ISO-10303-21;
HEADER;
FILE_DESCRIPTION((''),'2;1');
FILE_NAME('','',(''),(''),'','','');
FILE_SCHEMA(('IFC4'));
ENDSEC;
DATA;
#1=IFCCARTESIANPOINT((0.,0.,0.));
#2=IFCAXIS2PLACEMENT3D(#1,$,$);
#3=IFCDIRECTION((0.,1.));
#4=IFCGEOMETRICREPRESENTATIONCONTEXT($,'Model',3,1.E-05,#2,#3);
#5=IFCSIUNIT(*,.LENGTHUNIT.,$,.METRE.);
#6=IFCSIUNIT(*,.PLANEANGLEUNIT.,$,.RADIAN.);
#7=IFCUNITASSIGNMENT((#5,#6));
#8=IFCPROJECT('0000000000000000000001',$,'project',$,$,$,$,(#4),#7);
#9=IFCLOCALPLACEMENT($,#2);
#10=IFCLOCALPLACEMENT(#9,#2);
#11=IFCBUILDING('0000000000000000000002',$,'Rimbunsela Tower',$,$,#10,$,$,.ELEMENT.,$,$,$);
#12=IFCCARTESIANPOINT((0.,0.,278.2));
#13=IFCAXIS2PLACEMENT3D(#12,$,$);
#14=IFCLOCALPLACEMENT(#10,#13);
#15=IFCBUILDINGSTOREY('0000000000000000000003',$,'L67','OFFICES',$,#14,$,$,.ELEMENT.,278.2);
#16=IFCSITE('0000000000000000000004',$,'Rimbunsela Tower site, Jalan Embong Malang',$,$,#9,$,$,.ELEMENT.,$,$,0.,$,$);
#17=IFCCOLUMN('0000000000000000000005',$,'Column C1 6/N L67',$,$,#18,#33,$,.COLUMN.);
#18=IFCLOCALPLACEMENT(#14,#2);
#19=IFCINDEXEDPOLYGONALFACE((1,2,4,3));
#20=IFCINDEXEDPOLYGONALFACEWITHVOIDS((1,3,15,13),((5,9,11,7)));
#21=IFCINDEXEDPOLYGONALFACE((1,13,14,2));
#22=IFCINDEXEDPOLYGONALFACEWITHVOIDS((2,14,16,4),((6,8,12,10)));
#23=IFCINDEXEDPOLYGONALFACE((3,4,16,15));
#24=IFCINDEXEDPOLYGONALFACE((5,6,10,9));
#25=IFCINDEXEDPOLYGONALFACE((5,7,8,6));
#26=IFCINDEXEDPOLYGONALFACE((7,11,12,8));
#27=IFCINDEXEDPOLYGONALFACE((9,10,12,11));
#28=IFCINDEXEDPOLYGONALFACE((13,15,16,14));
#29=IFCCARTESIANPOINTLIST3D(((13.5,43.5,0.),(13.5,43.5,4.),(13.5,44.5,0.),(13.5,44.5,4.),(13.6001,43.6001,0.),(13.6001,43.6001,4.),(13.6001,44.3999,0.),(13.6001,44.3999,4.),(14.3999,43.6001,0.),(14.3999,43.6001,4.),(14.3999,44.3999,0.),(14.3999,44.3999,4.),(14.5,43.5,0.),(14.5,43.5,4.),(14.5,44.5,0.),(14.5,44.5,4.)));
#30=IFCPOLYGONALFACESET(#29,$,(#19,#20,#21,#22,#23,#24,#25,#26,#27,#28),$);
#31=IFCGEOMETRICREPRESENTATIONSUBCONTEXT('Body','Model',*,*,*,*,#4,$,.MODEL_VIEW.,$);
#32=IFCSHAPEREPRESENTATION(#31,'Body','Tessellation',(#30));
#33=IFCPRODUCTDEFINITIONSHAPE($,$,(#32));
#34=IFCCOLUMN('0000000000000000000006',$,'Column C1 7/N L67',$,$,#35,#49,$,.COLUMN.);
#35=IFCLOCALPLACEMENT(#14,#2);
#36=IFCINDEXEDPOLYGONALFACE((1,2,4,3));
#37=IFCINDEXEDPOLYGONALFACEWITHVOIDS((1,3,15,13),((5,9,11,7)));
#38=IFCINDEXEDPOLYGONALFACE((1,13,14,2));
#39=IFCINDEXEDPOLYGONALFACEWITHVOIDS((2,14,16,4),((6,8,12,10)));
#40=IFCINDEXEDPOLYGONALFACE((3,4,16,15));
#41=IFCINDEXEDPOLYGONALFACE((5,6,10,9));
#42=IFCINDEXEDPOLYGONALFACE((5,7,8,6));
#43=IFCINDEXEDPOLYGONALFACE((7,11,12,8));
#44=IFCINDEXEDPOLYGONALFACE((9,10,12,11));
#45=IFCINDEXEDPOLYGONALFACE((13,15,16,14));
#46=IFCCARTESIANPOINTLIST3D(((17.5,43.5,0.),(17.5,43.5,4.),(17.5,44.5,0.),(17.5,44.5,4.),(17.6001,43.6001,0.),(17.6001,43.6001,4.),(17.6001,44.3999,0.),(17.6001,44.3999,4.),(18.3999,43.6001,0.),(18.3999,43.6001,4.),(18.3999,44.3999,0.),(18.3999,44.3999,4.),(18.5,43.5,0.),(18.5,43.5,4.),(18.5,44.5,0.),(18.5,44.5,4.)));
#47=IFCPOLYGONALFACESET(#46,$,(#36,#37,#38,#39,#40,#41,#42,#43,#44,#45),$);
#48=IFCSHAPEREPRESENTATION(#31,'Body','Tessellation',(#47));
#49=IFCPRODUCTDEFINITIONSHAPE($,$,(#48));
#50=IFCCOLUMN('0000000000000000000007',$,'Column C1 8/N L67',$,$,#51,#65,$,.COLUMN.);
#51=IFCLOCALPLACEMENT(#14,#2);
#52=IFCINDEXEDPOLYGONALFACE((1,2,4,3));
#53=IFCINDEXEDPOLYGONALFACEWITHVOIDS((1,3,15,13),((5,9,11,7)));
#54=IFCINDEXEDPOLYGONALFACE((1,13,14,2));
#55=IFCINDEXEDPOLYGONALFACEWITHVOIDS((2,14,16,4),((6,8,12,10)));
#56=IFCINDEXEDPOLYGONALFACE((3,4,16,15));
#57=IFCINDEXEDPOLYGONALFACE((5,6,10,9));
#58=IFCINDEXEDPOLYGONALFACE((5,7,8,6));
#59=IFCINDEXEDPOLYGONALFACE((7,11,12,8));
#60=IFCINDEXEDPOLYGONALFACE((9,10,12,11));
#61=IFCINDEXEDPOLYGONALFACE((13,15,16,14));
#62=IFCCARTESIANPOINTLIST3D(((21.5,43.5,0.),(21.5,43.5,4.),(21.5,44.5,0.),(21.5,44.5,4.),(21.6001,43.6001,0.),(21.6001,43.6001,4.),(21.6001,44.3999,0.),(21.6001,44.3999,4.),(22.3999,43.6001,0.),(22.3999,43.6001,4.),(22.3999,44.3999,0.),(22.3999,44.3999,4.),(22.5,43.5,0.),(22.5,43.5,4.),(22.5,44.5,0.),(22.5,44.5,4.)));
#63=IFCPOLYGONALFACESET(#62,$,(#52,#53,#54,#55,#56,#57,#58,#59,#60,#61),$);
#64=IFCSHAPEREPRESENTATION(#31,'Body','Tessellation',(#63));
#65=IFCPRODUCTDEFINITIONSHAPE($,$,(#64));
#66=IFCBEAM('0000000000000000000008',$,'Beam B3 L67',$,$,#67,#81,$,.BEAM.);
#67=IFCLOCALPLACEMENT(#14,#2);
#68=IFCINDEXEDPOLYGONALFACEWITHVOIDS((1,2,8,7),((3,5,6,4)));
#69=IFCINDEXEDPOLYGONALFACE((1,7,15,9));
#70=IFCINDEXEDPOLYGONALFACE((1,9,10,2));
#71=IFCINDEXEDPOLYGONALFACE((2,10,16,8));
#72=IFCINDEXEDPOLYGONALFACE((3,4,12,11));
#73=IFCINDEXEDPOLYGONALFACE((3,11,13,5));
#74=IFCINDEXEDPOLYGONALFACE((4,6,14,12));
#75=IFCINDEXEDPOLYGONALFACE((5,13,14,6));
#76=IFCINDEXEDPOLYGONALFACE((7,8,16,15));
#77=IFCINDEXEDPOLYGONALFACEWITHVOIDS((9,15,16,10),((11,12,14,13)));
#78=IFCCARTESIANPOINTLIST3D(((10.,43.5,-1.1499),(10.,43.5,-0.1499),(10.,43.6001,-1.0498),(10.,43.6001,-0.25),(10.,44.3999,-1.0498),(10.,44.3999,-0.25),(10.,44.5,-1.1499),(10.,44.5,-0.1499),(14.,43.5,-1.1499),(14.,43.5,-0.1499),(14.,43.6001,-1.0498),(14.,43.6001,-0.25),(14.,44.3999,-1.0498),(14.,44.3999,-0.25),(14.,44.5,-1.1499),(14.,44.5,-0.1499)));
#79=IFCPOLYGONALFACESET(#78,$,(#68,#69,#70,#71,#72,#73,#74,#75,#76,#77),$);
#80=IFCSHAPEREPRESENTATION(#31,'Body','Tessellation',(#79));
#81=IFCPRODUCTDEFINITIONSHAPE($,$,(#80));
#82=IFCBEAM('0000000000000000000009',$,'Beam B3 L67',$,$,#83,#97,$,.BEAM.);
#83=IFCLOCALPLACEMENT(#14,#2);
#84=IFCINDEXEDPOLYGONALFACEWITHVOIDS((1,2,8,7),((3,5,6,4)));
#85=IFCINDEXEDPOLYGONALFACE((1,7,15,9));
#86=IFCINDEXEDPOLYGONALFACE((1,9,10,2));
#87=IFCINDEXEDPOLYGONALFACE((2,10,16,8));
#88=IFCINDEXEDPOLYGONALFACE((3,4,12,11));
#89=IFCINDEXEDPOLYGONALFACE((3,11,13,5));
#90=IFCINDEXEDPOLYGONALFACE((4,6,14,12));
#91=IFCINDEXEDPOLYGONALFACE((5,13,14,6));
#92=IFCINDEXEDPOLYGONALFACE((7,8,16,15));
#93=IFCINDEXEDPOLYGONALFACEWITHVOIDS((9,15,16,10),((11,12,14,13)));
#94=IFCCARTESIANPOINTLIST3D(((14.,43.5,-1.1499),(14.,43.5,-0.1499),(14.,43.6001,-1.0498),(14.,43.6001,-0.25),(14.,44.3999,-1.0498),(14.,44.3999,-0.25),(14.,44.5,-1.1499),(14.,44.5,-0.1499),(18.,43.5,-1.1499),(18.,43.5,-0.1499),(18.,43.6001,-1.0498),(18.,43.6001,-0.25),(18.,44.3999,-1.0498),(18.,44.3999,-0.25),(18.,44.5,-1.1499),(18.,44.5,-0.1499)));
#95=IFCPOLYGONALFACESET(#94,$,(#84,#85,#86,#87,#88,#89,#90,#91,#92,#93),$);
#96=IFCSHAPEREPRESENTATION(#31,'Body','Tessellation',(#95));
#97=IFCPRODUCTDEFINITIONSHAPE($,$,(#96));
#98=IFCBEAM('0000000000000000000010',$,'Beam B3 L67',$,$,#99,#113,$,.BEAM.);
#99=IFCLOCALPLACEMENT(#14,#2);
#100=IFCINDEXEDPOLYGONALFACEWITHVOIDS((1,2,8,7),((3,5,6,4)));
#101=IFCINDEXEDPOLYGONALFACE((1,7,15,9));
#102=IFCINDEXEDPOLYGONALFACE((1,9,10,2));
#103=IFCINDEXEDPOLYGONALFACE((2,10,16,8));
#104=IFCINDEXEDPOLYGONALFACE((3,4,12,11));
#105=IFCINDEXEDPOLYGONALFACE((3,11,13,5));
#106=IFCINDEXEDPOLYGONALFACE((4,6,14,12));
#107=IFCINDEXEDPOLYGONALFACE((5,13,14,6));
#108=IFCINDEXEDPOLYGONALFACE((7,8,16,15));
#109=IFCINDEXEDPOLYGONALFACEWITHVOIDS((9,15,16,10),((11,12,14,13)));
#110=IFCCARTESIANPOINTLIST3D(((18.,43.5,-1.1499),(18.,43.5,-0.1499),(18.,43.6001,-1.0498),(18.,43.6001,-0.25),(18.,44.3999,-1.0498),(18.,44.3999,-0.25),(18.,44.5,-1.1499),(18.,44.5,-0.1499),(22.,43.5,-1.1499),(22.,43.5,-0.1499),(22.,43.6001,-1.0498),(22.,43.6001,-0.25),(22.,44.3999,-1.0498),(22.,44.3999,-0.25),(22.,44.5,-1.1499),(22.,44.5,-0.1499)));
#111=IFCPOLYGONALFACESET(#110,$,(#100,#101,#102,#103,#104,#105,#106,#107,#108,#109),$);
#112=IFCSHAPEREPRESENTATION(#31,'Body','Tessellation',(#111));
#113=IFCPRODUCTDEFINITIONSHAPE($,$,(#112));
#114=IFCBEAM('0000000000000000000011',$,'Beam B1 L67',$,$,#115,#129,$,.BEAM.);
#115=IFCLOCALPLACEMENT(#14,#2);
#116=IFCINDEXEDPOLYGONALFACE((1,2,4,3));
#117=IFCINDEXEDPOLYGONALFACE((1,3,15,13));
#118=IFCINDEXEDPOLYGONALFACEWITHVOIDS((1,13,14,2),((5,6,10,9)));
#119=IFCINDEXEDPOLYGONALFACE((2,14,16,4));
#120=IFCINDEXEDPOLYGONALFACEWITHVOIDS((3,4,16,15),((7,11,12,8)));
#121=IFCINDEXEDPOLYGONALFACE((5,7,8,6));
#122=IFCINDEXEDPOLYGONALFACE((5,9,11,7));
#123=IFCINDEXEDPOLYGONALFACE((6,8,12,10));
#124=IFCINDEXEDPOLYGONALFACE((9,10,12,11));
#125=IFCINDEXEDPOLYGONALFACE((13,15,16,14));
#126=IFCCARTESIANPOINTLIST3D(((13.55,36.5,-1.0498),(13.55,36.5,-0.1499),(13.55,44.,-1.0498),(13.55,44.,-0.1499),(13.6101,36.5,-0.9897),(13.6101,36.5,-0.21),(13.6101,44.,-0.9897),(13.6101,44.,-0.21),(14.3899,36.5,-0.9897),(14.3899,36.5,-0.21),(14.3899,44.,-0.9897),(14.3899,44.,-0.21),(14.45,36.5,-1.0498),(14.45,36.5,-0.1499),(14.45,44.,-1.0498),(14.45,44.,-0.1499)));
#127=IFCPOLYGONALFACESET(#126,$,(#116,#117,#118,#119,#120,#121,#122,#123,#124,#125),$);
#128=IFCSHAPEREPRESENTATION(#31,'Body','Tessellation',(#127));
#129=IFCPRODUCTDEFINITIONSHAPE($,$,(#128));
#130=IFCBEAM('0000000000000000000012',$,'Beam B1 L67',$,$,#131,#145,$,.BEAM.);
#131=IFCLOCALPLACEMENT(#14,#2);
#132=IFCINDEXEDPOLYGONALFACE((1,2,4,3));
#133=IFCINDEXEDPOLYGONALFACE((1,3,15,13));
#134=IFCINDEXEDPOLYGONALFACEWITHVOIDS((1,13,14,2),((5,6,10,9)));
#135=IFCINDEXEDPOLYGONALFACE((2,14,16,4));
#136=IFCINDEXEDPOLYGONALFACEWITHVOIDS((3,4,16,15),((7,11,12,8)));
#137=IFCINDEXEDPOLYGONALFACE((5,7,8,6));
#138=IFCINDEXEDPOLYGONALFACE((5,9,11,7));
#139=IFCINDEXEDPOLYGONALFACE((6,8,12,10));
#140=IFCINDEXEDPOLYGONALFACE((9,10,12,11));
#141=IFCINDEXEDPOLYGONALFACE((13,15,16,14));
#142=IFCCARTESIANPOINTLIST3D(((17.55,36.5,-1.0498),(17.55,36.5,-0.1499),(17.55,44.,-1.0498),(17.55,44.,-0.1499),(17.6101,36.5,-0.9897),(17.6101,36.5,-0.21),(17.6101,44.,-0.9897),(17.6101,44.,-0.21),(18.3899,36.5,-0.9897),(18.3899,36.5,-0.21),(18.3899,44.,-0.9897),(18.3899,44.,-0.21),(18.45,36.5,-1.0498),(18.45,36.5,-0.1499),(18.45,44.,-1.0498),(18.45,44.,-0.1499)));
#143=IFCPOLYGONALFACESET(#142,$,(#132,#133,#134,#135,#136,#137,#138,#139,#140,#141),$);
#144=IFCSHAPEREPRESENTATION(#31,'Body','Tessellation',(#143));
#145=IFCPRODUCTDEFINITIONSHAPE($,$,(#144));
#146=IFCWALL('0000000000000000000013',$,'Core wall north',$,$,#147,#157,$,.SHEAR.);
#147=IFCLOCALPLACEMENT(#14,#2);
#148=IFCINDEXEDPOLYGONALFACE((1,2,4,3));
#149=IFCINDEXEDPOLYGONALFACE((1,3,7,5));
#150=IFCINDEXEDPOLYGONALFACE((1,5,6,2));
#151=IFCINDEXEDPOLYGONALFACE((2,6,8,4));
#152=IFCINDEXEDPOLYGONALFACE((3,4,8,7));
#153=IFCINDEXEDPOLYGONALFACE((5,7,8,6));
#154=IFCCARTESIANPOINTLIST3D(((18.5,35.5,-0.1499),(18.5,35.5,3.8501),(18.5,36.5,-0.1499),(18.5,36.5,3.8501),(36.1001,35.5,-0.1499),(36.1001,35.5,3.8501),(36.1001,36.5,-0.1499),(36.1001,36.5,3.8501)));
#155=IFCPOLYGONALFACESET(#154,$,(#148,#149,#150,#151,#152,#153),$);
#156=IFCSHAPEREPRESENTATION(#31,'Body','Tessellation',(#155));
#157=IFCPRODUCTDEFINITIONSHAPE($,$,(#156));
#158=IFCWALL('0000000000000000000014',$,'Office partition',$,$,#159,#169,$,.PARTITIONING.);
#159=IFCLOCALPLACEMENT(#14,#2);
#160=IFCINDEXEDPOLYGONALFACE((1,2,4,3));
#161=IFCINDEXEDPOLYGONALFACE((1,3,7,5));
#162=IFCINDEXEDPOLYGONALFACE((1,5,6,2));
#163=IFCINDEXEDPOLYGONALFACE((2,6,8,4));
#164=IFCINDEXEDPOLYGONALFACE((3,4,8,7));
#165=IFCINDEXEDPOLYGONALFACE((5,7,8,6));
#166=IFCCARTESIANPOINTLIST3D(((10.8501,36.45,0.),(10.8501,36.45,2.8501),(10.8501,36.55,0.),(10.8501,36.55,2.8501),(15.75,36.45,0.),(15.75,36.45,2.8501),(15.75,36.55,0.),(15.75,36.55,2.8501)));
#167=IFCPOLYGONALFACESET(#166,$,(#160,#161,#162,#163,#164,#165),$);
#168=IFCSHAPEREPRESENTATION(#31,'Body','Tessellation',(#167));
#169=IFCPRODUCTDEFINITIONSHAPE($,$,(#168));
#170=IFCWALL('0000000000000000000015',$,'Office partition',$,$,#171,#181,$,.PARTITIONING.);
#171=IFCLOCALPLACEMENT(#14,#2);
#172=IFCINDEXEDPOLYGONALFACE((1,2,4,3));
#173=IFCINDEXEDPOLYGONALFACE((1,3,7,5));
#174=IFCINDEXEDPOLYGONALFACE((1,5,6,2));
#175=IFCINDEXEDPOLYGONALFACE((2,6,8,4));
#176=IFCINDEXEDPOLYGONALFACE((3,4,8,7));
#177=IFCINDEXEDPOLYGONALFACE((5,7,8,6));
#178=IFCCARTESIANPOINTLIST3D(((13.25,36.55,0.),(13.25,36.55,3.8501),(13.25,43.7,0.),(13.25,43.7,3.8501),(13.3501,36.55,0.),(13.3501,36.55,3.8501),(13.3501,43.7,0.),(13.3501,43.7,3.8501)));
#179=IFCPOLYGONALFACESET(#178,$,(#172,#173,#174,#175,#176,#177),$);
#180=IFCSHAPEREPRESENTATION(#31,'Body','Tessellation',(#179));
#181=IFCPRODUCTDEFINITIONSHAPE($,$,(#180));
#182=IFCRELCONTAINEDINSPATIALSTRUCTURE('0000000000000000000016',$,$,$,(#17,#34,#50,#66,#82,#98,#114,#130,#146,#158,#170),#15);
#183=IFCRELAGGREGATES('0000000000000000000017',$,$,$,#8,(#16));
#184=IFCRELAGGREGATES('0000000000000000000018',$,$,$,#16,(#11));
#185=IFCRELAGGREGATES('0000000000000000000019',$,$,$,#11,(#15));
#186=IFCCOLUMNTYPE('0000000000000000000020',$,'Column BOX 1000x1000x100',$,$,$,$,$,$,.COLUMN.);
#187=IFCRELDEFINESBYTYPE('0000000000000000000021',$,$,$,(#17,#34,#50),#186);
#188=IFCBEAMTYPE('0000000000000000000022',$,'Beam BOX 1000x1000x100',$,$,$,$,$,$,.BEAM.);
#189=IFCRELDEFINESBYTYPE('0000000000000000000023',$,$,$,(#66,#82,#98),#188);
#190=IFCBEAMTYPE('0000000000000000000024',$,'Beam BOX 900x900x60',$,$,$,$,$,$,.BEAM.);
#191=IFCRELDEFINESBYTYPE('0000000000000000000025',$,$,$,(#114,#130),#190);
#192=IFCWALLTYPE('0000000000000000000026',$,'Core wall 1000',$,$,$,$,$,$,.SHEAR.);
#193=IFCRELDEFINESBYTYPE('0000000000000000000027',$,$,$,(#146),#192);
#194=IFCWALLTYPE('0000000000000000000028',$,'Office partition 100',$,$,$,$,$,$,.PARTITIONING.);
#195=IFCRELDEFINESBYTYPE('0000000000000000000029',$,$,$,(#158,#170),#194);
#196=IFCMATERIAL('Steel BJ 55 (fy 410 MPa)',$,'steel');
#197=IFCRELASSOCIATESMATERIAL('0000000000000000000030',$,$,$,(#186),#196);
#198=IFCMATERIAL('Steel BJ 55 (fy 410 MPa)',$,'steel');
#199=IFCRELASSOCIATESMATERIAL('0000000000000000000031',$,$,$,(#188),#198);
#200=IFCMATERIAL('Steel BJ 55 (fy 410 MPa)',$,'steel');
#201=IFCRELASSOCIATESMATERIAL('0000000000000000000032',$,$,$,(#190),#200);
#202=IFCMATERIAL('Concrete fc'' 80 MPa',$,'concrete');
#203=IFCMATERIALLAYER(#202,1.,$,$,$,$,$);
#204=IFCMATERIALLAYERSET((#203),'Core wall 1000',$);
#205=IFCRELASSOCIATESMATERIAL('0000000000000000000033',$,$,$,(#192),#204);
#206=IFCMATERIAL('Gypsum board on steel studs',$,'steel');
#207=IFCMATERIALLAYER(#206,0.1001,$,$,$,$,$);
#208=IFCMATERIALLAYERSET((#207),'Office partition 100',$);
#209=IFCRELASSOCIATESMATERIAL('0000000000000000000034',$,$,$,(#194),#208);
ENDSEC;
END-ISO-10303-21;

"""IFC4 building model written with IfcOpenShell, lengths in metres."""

from ifc_helpers import new_model, si_unit, direction, frame, frame_2d, origin, origin_2d, place, context, subcontext, project, spatial, rectangle, hollow_rectangle, extrude, material, layer, layer_set, material_profile, profile_set, type_object, element, save


model = new_model("IFC4")

# Units and contexts
model_context = context("Model", 3, precision=1e-05, world=origin(), true_north=direction((0.0, 1.0)))
body_context = subcontext(model_context, "Body", "Model", "MODEL_VIEW")
ifc_project = project(units=[si_unit("LENGTHUNIT", "METRE"), si_unit("PLANEANGLEUNIT", "RADIAN")], contexts=[model_context])

# Site, building, storey
site_placement = place(None, origin())
site = spatial("IfcSite", under=ifc_project, at=site_placement, Name="Rimbunsela Tower site, Jalan Embong Malang", CompositionType="ELEMENT", RefElevation=0.0)
building_placement = place(site_placement, origin())
building = spatial("IfcBuilding", under=site, at=building_placement, Name="Rimbunsela Tower", CompositionType="ELEMENT")
storey_placement = place(building_placement, frame((0.0, 0.0, 278.2)))
storey = spatial("IfcBuildingStorey", under=building, at=storey_placement, Name="L67", Description="OFFICES", CompositionType="ELEMENT", Elevation=278.2)

# Columns
ifc_material_1 = material(Name="Steel BJ 55 (fy 410 MPa)", Category="steel")
ifc_material_profile_1 = material_profile(ifc_material_1, hollow_rectangle(XDim=1.0, YDim=1.0, WallThickness=0.1001, at=origin_2d()), Name="BOX 1000x1000x100")
ifc_profile_set_1 = profile_set([ifc_material_profile_1], Name="Steel BJ 55 (fy 410 MPa)")
column_type = type_object("IfcColumnType", Name="Column BOX 1000x1000x100", PredefinedType="COLUMN", material=ifc_profile_set_1)
for number, where, z_axis, x_axis, name in (
    (1, (14.0, 44.0, 0.0), (0.0, 0.0, 1.0), (1.0, 0.0, 0.0), "Column C1 6/N L67"),
    (2, (18.0, 44.0, 0.0), (0.0, 0.0, 1.0), (1.0, 0.0, 0.0), "Column C1 7/N L67"),
    (3, (22.0, 44.0, 0.0), (0.0, 0.0, 1.0), (1.0, 0.0, 0.0), "Column C1 8/N L67"),
):
    element("IfcColumn", number, at=place(storey_placement, frame(where, z_axis=z_axis, x_axis=x_axis)), inside=storey, type_object=column_type, Name=name, PredefinedType="COLUMN", context=body_context, shape_type="SweptSolid", body=[
        extrude(hollow_rectangle(XDim=1.0, YDim=1.0, WallThickness=0.1001, at=origin_2d()), origin(), (0.0, 0.0, 1.0), 4.0),
    ])

# Beams
ifc_material_2 = material(Name="Steel BJ 55 (fy 410 MPa)", Category="steel")
ifc_material_profile_2 = material_profile(ifc_material_2, hollow_rectangle(XDim=1.0, YDim=1.0, WallThickness=0.1001, at=origin_2d()), Name="BOX 1000x1000x100")
ifc_profile_set_2 = profile_set([ifc_material_profile_2], Name="Steel BJ 55 (fy 410 MPa)")
beam_type_1 = type_object("IfcBeamType", Name="Beam BOX 1000x1000x100", PredefinedType="BEAM", material=ifc_profile_set_2)
for number, where, z_axis, x_axis, name in (
    (4, (10.0, 44.0, -0.6499), (1.0, 0.0, 0.0), (0.0, 1.0, 0.0), "Beam B3 L67"),
    (5, (14.0, 44.0, -0.6499), (1.0, 0.0, 0.0), (0.0, 1.0, 0.0), "Beam B3 L67"),
    (6, (18.0, 44.0, -0.6499), (1.0, 0.0, 0.0), (0.0, 1.0, 0.0), "Beam B3 L67"),
):
    element("IfcBeam", number, at=place(storey_placement, frame(where, z_axis=z_axis, x_axis=x_axis)), inside=storey, type_object=beam_type_1, Name=name, PredefinedType="BEAM", context=body_context, shape_type="SweptSolid", body=[
        extrude(hollow_rectangle(XDim=1.0, YDim=1.0, WallThickness=0.1001, at=origin_2d()), origin(), (0.0, 0.0, 1.0), 4.0),
    ])
ifc_material_3 = material(Name="Steel BJ 55 (fy 410 MPa)", Category="steel")
ifc_material_profile_3 = material_profile(ifc_material_3, hollow_rectangle(XDim=0.8999, YDim=0.8999, WallThickness=0.0601, at=origin_2d()), Name="BOX 900x900x60")
ifc_profile_set_3 = profile_set([ifc_material_profile_3], Name="Steel BJ 55 (fy 410 MPa)")
beam_type_2 = type_object("IfcBeamType", Name="Beam BOX 900x900x60", PredefinedType="BEAM", material=ifc_profile_set_3)
for number, where, z_axis, x_axis, name in (
    (7, (14.0, 36.5, -0.5999), (0.0, 1.0, 0.0), (-1.0, 0.0, 0.0), "Beam B1 L67"),
    (8, (18.0, 36.5, -0.5999), (0.0, 1.0, 0.0), (-1.0, 0.0, 0.0), "Beam B1 L67"),
):
    element("IfcBeam", number, at=place(storey_placement, frame(where, z_axis=z_axis, x_axis=x_axis)), inside=storey, type_object=beam_type_2, Name=name, PredefinedType="BEAM", context=body_context, shape_type="SweptSolid", body=[
        extrude(hollow_rectangle(XDim=0.8999, YDim=0.8999, WallThickness=0.0601, at=origin_2d()), origin(), (0.0, 0.0, 1.0), 7.5),
    ])

# Walls
ifc_material_4 = material(Name="Concrete fc' 80 MPa", Category="concrete")
ifc_layer_1 = layer(ifc_material_4, 1.0)
ifc_layer_set_1 = layer_set([ifc_layer_1], Name="Core wall 1000")
wall_type_1 = type_object("IfcWallType", Name="Core wall 1000", PredefinedType="SHEAR", material=ifc_layer_set_1)
wall_1_placement = place(storey_placement, frame((18.5, 36.0, -0.1499), z_axis=(0.0, 0.0, 1.0), x_axis=(1.0, 0.0, 0.0)))
element("IfcWall", 9, at=wall_1_placement, inside=storey, type_object=wall_type_1, Name="Core wall north", PredefinedType="SHEAR", context=body_context, shape_type="SweptSolid", body=[
    extrude(rectangle(XDim=17.6001, YDim=1.0, at=frame_2d((8.8, 0.0))), origin(), (0.0, 0.0, 1.0), 4.0),
])
ifc_material_5 = material(Name="Gypsum board on steel studs", Category="steel")
ifc_layer_2 = layer(ifc_material_5, 0.1001)
ifc_layer_set_2 = layer_set([ifc_layer_2], Name="Office partition 100")
wall_type_2 = type_object("IfcWallType", Name="Office partition 100", PredefinedType="PARTITIONING", material=ifc_layer_set_2)
wall_2_placement = place(storey_placement, frame((10.8501, 36.5, 0.0), z_axis=(0.0, 0.0, 1.0), x_axis=(1.0, 0.0, 0.0)))
element("IfcWall", 10, at=wall_2_placement, inside=storey, type_object=wall_type_2, Name="Office partition", PredefinedType="PARTITIONING", context=body_context, shape_type="SweptSolid", body=[
    extrude(rectangle(XDim=4.8999, YDim=0.1001, at=frame_2d((2.45, 0.0))), origin(), (0.0, 0.0, 1.0), 2.8501),
])
wall_3_placement = place(storey_placement, frame((13.3, 36.55, 0.0), z_axis=(0.0, 0.0, 1.0), x_axis=(0.0, 1.0, 0.0)))
element("IfcWall", 11, at=wall_3_placement, inside=storey, type_object=wall_type_2, Name="Office partition", PredefinedType="PARTITIONING", context=body_context, shape_type="SweptSolid", body=[
    extrude(rectangle(XDim=7.1499, YDim=0.1001, at=frame_2d((3.575, 0.0))), origin(), (0.0, 0.0, 1.0), 3.8501),
])

save(model, "model.ifc")
